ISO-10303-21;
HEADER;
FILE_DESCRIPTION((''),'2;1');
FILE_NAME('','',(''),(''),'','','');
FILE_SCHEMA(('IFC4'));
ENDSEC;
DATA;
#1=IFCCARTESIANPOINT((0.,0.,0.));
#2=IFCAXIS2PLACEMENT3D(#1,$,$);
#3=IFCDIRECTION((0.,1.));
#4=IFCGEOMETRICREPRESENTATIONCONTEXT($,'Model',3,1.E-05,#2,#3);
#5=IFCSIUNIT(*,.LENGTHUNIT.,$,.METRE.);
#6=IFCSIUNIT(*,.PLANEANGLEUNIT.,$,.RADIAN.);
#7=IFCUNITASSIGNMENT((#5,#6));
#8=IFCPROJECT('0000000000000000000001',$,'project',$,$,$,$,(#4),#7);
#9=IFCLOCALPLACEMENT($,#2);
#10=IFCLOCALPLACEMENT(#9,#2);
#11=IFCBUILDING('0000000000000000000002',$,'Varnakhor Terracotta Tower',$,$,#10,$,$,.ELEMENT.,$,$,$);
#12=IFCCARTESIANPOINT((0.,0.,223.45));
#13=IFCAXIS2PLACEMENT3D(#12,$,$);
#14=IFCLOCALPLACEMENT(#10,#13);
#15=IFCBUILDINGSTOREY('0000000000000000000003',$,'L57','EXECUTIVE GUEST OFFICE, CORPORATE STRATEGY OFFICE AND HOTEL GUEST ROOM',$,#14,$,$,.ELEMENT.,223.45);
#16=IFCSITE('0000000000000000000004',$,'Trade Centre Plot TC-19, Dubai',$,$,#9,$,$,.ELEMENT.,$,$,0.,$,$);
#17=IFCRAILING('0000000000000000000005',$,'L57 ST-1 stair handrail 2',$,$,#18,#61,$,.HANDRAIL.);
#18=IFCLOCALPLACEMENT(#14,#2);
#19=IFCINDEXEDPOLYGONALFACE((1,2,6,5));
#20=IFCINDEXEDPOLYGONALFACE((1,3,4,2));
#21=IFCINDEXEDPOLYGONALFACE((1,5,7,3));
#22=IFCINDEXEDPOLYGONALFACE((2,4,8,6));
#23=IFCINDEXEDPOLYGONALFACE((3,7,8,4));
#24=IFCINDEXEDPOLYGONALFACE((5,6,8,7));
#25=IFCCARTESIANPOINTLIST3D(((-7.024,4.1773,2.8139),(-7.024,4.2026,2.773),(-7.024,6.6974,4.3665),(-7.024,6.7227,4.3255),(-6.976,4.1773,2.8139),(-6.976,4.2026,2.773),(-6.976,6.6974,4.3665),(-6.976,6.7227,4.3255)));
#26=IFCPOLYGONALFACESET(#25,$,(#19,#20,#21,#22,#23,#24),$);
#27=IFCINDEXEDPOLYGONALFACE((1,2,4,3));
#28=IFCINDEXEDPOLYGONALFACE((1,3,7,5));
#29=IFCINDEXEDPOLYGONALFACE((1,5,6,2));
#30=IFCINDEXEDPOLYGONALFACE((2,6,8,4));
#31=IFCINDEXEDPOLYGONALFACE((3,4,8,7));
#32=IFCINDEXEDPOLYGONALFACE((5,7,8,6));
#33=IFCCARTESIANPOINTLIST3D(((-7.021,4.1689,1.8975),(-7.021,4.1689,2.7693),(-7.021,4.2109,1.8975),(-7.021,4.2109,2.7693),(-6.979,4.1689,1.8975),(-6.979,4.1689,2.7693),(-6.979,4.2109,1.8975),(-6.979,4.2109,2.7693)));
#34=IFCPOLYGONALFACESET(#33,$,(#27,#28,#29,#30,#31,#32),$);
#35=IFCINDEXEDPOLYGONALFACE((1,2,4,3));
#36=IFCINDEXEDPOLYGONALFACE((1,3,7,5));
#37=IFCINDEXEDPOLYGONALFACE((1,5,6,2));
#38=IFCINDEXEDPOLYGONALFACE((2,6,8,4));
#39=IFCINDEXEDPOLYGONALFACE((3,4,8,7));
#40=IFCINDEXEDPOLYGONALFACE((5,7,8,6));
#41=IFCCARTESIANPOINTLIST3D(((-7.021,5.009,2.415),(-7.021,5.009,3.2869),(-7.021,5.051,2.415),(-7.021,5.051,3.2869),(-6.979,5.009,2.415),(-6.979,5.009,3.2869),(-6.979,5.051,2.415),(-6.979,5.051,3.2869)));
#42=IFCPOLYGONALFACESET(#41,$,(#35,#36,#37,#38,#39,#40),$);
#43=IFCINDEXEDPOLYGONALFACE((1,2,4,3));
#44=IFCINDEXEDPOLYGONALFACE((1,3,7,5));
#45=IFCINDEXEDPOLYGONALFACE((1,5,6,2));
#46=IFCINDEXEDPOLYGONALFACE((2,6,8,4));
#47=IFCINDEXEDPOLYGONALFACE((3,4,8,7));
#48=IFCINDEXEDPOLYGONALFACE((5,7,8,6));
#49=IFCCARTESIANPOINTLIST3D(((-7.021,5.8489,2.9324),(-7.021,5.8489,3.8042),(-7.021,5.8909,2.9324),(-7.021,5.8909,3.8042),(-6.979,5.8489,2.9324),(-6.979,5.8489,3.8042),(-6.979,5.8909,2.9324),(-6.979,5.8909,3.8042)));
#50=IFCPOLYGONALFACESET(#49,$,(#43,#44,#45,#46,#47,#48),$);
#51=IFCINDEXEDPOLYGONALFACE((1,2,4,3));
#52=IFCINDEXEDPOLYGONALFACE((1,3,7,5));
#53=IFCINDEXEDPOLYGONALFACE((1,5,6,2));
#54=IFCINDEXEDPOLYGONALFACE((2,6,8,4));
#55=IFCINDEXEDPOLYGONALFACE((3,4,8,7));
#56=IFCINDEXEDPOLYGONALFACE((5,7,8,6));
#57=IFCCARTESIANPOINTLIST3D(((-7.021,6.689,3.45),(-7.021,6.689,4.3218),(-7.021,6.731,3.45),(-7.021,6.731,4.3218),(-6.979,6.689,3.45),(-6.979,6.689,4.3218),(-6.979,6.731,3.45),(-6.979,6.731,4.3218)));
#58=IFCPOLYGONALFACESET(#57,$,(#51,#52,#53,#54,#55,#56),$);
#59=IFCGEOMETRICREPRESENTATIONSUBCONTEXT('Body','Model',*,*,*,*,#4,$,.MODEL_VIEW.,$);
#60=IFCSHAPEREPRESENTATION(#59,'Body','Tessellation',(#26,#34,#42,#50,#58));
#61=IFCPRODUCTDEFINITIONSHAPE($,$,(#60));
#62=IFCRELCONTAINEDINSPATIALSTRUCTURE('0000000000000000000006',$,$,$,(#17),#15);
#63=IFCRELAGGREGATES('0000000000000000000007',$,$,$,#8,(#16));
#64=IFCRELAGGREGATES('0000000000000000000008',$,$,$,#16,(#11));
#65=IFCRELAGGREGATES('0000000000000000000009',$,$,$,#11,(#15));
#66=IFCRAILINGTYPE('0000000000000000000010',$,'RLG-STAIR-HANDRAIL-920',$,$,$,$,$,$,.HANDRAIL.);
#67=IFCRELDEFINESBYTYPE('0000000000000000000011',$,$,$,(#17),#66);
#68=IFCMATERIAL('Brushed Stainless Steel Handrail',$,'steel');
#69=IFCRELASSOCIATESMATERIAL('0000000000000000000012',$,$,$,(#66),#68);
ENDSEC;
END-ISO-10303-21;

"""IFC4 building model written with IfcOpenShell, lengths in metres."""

from ifc_helpers import new_model, si_unit, direction, frame, origin, origin_2d, place, context, subcontext, project, spatial, rectangle, extrude, material, type_object, element, save


model = new_model("IFC4")

# Units and contexts
model_context = context("Model", 3, precision=1e-05, world=origin(), true_north=direction((0.0, 1.0)))
body_context = subcontext(model_context, "Body", "Model", "MODEL_VIEW")
ifc_project = project(units=[si_unit("LENGTHUNIT", "METRE"), si_unit("PLANEANGLEUNIT", "RADIAN")], contexts=[model_context])

# Site, building, storey
site_placement = place(None, origin())
site = spatial("IfcSite", under=ifc_project, at=site_placement, Name="Trade Centre Plot TC-19, Dubai", CompositionType="ELEMENT", RefElevation=0.0)
building_placement = place(site_placement, origin())
building = spatial("IfcBuilding", under=site, at=building_placement, Name="Varnakhor Terracotta Tower", CompositionType="ELEMENT")
storey_placement = place(building_placement, frame((0.0, 0.0, 223.45)))
storey = spatial("IfcBuildingStorey", under=building, at=storey_placement, Name="L57", Description="EXECUTIVE GUEST OFFICE, CORPORATE STRATEGY OFFICE AND HOTEL GUEST ROOM", CompositionType="ELEMENT", Elevation=223.45)

# Railing
ifc_material_1 = material(Name="Brushed Stainless Steel Handrail", Category="steel")
railing_type_1 = type_object("IfcRailingType", Name="RLG-STAIR-HANDRAIL-920", PredefinedType="HANDRAIL", material=ifc_material_1)
railing_1_placement = place(storey_placement, frame((-7.0, 4.1899, 1.8975)))
element("IfcRailing", 1, at=railing_1_placement, inside=storey, type_object=railing_type_1, Name="L57 ST-1 stair handrail 2", PredefinedType="HANDRAIL", context=body_context, shape_type="SweptSolid", body=[
    extrude(rectangle(XDim=0.0481, YDim=0.0481, at=origin_2d()), frame((0.0, 0.0, 0.896), z_axis=(0.0, 0.8514, 0.524516), x_axis=(-1.0, 0.0, 0.0)), (0.0, 0.0, 1.0), 2.96),
    extrude(rectangle(XDim=0.042, YDim=0.042, at=origin_2d()), origin(), (0.0, 0.0, 1.0), 0.8718),
    extrude(rectangle(XDim=0.042, YDim=0.042, at=origin_2d()), frame((0.0, 0.8401, 0.5176)), (0.0, 0.0, 1.0), 0.8718),
    extrude(rectangle(XDim=0.042, YDim=0.042, at=origin_2d()), frame((0.0, 1.6799, 1.0349)), (0.0, 0.0, 1.0), 0.8718),
    extrude(rectangle(XDim=0.042, YDim=0.042, at=origin_2d()), frame((0.0, 2.52, 1.5525)), (0.0, 0.0, 1.0), 0.8718),
])

save(model, "model.ifc")
